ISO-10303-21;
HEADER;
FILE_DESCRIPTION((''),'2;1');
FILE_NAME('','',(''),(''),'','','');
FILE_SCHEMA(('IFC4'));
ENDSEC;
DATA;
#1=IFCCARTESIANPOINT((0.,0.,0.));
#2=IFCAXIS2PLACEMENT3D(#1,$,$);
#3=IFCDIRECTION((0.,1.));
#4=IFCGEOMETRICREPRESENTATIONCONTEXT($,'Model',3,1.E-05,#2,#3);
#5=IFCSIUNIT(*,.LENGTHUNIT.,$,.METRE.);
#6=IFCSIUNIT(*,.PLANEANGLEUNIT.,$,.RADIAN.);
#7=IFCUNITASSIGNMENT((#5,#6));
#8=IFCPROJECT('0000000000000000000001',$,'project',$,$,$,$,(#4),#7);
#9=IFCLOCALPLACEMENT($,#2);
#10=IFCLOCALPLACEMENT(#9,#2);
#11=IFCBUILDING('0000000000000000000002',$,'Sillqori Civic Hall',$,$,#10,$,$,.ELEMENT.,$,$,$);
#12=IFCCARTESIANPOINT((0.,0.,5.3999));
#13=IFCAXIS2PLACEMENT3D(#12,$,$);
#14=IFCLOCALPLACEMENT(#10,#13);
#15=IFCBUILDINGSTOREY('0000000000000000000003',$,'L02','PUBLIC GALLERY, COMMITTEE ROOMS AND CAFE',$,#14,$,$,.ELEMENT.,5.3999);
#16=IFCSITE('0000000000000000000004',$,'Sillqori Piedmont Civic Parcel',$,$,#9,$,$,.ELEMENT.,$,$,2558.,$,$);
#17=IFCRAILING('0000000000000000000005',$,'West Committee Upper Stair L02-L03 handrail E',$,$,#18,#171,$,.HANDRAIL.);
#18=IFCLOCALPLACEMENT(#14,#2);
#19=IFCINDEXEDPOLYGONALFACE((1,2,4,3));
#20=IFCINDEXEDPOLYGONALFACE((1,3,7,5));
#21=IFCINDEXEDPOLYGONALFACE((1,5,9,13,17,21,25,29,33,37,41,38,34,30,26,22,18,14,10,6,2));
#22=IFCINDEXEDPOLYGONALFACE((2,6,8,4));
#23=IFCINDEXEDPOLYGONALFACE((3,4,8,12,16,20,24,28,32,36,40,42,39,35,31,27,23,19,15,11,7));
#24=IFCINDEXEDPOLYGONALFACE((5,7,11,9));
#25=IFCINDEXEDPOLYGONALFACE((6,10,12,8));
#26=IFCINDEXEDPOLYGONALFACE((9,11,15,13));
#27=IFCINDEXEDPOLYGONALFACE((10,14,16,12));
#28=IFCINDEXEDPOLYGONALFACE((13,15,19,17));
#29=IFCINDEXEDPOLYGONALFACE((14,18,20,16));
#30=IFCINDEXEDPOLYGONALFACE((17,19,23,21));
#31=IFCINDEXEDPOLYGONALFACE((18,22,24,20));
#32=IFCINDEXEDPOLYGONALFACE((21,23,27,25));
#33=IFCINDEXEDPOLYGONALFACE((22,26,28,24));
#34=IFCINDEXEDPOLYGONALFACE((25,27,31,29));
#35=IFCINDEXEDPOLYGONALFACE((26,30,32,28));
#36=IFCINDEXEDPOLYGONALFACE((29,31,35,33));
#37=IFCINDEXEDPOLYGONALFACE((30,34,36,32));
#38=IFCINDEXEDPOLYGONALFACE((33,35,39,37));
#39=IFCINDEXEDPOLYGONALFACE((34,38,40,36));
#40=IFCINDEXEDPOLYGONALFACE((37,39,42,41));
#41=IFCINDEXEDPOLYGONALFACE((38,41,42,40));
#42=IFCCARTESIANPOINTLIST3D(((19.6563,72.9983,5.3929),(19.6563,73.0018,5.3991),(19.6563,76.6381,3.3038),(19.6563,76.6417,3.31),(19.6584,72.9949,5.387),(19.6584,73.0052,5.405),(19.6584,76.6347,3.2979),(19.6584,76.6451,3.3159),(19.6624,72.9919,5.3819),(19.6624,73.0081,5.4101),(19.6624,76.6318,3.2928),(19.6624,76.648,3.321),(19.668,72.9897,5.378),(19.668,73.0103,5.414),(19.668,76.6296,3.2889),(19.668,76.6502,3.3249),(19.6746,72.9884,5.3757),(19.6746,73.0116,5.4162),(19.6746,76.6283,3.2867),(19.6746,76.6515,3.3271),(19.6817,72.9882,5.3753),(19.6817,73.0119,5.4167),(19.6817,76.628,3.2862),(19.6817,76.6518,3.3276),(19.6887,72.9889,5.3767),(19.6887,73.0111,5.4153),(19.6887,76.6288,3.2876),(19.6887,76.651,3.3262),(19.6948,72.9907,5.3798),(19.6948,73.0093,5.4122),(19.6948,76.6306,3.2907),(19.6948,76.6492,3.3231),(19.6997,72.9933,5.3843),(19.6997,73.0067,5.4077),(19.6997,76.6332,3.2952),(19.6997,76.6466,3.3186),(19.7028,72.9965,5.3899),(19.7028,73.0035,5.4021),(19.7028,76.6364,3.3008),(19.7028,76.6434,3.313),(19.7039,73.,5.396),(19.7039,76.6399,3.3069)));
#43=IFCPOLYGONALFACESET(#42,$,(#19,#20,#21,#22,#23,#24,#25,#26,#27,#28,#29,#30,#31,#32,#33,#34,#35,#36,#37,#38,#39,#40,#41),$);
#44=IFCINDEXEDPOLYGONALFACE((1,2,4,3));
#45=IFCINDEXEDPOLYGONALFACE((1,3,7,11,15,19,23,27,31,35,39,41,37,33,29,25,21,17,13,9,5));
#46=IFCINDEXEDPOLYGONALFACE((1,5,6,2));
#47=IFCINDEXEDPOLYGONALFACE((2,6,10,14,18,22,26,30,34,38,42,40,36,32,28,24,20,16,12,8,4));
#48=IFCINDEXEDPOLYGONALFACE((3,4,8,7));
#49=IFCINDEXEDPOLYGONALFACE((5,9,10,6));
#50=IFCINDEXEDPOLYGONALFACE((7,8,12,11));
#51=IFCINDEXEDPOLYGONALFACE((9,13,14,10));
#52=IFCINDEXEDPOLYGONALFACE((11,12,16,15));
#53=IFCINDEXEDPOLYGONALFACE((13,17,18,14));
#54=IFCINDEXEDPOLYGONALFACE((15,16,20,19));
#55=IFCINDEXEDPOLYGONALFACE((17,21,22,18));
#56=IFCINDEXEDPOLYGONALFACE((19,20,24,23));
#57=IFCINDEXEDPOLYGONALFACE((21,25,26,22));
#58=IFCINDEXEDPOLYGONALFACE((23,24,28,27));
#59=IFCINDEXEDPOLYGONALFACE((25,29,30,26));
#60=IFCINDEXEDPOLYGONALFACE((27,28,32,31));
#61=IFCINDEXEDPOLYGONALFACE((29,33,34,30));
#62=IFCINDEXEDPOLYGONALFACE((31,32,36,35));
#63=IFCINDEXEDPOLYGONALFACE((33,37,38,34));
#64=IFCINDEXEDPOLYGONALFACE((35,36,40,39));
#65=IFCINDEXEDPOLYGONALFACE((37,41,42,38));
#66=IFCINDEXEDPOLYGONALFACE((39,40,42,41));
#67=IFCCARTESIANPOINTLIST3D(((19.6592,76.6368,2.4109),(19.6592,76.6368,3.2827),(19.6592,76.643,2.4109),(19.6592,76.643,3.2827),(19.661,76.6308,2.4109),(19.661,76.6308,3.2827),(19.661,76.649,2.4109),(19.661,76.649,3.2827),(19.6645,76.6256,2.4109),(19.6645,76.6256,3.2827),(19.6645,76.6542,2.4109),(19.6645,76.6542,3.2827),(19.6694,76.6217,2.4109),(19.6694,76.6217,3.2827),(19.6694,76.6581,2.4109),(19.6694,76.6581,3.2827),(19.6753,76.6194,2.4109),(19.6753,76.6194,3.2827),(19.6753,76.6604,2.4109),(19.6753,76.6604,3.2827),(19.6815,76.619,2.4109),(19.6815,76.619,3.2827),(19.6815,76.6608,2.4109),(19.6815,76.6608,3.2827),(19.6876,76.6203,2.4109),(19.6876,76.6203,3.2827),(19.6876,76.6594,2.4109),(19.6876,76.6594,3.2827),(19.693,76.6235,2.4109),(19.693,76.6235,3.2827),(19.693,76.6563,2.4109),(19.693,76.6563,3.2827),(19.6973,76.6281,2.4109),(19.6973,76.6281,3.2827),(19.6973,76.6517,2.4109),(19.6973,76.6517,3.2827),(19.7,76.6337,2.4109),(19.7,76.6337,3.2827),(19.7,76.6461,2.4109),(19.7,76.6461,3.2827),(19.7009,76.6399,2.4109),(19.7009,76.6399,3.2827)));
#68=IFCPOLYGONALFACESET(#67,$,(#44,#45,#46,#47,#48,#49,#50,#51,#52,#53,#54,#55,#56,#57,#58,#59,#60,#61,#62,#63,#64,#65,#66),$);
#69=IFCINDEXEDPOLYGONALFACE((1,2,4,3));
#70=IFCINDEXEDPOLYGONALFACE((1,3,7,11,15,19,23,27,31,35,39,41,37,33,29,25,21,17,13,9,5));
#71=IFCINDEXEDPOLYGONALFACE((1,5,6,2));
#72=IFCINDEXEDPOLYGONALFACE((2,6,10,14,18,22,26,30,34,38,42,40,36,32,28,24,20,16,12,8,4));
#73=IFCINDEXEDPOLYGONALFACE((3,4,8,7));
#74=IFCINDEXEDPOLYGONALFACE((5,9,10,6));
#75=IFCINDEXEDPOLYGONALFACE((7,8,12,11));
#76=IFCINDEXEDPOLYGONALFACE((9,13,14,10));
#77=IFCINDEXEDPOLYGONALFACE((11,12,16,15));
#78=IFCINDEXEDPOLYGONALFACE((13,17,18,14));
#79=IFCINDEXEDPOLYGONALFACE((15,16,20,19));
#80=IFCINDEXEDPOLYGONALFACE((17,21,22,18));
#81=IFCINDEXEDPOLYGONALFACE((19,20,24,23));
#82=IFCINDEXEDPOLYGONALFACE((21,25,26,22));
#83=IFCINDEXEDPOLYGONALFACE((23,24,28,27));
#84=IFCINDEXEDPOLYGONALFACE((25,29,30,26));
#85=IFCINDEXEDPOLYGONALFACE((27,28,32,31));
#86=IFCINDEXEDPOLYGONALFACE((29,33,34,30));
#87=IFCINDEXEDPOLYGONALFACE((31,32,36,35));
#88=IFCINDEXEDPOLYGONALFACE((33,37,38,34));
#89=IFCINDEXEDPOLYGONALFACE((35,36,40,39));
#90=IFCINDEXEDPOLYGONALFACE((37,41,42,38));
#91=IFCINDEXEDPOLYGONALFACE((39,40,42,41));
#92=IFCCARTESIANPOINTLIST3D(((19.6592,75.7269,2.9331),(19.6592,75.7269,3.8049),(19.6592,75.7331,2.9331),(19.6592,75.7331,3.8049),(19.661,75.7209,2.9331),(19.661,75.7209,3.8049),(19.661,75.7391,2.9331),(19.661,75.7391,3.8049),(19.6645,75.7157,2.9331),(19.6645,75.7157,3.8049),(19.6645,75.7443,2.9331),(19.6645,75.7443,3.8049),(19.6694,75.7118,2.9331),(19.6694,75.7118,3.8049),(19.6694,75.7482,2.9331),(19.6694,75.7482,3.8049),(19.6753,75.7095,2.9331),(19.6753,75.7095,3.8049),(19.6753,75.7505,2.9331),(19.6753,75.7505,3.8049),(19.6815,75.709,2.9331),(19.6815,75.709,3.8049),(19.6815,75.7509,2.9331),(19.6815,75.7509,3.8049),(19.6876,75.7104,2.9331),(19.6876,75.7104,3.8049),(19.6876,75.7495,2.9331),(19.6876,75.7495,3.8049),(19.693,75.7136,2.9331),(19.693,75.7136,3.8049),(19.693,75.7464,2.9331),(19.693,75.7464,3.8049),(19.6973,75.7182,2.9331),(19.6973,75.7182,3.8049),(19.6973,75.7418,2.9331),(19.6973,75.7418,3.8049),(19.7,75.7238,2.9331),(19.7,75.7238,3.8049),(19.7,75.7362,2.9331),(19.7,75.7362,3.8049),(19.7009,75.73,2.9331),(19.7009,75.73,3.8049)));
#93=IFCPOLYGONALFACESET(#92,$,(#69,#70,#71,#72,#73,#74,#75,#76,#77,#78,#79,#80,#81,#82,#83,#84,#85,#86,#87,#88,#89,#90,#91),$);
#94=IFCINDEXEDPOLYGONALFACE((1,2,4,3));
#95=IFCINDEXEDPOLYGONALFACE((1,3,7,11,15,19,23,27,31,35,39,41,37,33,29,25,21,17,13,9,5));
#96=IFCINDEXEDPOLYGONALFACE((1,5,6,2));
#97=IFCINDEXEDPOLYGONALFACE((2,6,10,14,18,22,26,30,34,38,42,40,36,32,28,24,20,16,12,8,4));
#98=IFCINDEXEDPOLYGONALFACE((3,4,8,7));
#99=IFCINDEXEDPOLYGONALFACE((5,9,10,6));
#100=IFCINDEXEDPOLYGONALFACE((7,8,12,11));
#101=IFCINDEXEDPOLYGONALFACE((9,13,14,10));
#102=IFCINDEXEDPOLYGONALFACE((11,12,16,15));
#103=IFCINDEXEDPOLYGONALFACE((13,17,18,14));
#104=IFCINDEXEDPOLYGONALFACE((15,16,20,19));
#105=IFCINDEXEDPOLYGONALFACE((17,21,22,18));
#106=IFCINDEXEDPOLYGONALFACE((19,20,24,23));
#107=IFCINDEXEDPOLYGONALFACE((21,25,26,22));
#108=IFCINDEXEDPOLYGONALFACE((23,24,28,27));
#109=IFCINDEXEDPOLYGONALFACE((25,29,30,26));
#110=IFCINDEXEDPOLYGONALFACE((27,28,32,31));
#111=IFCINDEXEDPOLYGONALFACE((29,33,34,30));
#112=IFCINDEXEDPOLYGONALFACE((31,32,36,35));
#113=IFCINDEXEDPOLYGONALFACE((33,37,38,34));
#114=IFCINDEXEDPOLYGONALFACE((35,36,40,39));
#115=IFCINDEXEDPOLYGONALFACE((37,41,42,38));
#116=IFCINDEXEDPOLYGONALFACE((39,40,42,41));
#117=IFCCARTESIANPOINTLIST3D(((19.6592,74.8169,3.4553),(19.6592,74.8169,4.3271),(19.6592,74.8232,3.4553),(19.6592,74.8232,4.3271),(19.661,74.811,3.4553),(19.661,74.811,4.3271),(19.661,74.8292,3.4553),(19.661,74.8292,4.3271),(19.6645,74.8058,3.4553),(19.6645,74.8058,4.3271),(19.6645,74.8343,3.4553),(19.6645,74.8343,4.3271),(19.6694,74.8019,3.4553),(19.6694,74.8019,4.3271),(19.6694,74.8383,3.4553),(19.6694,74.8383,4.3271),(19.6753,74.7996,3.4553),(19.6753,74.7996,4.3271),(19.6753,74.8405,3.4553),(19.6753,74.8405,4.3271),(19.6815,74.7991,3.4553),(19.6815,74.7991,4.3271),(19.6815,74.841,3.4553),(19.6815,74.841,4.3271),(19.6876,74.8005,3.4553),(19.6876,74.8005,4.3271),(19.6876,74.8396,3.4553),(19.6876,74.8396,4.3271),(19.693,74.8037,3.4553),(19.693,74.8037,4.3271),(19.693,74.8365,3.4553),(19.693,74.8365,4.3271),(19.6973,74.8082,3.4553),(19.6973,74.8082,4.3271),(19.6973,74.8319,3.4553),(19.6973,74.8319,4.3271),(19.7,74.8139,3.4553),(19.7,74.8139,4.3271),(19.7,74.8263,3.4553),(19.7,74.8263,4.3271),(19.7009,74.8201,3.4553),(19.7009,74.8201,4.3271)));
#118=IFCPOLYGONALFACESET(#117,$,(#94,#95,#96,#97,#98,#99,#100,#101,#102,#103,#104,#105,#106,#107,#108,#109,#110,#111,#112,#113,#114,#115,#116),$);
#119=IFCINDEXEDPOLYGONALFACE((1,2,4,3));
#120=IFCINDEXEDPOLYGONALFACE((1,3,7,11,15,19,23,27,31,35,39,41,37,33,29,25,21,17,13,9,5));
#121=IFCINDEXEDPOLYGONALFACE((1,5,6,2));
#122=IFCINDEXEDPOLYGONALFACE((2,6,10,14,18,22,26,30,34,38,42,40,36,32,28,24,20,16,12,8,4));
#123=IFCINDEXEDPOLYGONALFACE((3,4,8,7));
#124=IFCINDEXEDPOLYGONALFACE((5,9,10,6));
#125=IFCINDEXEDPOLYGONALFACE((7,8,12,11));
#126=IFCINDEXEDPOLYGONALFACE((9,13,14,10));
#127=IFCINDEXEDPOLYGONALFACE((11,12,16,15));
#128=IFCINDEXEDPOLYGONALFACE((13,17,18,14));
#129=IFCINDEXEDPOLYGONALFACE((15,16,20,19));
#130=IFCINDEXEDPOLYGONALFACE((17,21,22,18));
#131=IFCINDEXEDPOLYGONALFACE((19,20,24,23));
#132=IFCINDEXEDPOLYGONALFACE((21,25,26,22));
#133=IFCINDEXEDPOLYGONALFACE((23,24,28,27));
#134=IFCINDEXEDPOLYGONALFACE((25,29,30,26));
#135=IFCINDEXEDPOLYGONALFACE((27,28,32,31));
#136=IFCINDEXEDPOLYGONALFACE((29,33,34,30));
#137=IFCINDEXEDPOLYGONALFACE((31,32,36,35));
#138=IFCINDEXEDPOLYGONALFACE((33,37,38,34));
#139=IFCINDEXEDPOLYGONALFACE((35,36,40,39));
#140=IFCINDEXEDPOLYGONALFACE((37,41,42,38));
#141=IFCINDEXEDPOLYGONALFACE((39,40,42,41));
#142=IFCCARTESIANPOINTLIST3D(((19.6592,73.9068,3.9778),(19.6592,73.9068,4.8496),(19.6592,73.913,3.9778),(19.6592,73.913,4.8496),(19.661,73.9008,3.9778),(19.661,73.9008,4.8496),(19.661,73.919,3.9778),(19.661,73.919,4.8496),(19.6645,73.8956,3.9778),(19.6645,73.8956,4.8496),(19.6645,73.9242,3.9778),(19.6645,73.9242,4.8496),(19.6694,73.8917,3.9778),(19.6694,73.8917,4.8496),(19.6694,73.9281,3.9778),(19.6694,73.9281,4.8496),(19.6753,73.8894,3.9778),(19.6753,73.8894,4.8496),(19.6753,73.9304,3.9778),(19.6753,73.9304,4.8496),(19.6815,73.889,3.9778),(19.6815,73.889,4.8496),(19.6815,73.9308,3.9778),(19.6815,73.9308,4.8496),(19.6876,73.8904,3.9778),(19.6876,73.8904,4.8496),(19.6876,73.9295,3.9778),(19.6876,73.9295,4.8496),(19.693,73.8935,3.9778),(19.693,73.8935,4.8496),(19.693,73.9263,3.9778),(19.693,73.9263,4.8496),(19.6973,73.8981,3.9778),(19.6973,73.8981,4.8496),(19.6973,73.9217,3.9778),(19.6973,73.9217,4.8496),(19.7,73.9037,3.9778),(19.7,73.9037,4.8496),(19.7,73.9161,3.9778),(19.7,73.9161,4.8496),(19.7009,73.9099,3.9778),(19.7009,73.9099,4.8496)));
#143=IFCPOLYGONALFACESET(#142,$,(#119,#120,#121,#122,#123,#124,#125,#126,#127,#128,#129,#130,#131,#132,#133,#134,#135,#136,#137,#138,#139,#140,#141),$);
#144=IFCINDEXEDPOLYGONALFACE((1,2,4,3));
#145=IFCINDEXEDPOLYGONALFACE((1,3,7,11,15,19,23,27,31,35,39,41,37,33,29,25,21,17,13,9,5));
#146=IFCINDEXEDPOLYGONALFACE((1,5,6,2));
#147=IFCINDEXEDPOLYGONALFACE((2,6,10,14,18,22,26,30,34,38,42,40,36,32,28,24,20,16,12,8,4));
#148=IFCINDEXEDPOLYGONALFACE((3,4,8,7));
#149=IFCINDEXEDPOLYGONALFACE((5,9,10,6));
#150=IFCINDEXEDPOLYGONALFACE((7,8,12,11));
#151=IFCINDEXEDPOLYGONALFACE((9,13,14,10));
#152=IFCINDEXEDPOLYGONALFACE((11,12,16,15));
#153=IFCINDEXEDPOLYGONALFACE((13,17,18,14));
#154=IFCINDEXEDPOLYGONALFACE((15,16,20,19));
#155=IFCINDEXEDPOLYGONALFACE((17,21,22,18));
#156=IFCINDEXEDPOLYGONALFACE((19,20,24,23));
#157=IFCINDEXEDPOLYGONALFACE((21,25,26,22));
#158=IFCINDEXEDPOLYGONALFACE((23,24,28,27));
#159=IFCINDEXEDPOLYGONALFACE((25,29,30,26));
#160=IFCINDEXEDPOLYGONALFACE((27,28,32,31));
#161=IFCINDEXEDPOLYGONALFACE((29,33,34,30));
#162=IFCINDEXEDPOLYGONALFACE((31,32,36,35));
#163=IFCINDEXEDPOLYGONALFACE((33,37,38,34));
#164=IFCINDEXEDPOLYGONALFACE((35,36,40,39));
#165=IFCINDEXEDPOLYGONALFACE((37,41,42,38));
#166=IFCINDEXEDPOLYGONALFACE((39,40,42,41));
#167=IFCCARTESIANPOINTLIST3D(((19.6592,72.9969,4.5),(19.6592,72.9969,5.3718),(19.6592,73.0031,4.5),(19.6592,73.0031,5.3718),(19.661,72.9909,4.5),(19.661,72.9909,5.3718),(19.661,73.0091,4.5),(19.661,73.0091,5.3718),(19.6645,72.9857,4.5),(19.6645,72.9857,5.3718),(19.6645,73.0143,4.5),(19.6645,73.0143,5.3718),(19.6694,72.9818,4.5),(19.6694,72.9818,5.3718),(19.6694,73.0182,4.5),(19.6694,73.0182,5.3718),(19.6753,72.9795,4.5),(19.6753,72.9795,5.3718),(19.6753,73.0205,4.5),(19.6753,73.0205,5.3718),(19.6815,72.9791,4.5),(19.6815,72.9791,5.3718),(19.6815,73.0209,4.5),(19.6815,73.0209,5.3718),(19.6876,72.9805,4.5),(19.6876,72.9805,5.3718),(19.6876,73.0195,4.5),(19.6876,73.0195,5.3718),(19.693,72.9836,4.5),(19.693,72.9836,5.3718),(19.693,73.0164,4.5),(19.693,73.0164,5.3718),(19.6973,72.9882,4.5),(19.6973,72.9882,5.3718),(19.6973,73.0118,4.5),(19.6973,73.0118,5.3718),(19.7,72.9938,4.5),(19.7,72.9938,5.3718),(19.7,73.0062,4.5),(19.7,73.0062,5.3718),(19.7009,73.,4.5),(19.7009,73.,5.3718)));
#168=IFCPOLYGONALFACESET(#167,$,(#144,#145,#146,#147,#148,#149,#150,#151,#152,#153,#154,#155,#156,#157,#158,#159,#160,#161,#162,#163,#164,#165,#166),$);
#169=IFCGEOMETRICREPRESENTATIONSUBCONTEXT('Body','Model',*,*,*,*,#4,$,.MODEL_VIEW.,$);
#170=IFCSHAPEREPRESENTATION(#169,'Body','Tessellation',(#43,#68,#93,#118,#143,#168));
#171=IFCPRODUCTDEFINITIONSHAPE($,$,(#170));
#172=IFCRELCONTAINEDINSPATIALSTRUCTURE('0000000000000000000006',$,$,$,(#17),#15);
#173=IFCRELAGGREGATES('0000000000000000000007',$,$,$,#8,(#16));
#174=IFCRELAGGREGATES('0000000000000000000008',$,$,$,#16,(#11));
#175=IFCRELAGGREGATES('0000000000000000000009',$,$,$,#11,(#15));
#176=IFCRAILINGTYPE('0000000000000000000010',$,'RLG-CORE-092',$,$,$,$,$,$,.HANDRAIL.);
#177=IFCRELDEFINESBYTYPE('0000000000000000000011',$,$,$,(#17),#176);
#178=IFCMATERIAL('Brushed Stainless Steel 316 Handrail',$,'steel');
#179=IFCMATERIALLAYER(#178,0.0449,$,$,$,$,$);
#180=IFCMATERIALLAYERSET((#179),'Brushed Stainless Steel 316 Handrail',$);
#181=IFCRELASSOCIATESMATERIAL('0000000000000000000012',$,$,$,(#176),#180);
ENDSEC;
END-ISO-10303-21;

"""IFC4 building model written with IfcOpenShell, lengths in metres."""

from ifc_helpers import new_model, si_unit, direction, frame, origin, origin_2d, place, context, subcontext, project, spatial, circle, extrude, material, layer, layer_set, type_object, element, save


model = new_model("IFC4")

# Units and contexts
model_context = context("Model", 3, precision=1e-05, world=origin(), true_north=direction((0.0, 1.0)))
body_context = subcontext(model_context, "Body", "Model", "MODEL_VIEW")
ifc_project = project(units=[si_unit("LENGTHUNIT", "METRE"), si_unit("PLANEANGLEUNIT", "RADIAN")], contexts=[model_context])

# Site, building, storey
site_placement = place(None, origin())
site = spatial("IfcSite", under=ifc_project, at=site_placement, Name="Sillqori Piedmont Civic Parcel", CompositionType="ELEMENT", RefElevation=2558.0)
building_placement = place(site_placement, origin())
building = spatial("IfcBuilding", under=site, at=building_placement, Name="Sillqori Civic Hall", CompositionType="ELEMENT")
storey_placement = place(building_placement, frame((0.0, 0.0, 5.3999)))
storey = spatial("IfcBuildingStorey", under=building, at=storey_placement, Name="L02", Description="PUBLIC GALLERY, COMMITTEE ROOMS AND CAFE", CompositionType="ELEMENT", Elevation=5.3999)

# Railing
ifc_material_1 = material(Name="Brushed Stainless Steel 316 Handrail", Category="steel")
ifc_layer_1 = layer(ifc_material_1, 0.0449)
ifc_layer_set_1 = layer_set([ifc_layer_1], Name="Brushed Stainless Steel 316 Handrail")
railing_type_1 = type_object("IfcRailingType", Name="RLG-CORE-092", PredefinedType="HANDRAIL", material=ifc_layer_set_1)
railing_1_placement = place(storey_placement, frame((19.6799, 76.6399, 2.4109)))
element("IfcRailing", 1, at=railing_1_placement, inside=storey, type_object=railing_type_1, Name="West Committee Upper Stair L02-L03 handrail E", PredefinedType="HANDRAIL", context=body_context, shape_type="SweptSolid", body=[
    extrude(circle(Radius=0.0239, at=origin_2d()), frame((0.0, 0.0, 0.896), z_axis=(0.0, -0.8673, 0.497786), x_axis=(1.0, 0.0, 0.0)), (0.0, 0.0, 1.0), 4.1968),
    extrude(circle(Radius=0.021, at=origin_2d()), origin(), (0.0, 0.0, 1.0), 0.8718),
    extrude(circle(Radius=0.021, at=origin_2d()), frame((0.0, -0.9099, 0.5222)), (0.0, 0.0, 1.0), 0.8718),
    extrude(circle(Radius=0.021, at=origin_2d()), frame((0.0, -1.8198, 1.0444)), (0.0, 0.0, 1.0), 0.8718),
    extrude(circle(Radius=0.021, at=origin_2d()), frame((0.0, -2.73, 1.5669)), (0.0, 0.0, 1.0), 0.8718),
    extrude(circle(Radius=0.021, at=origin_2d()), frame((0.0, -3.6399, 2.0891)), (0.0, 0.0, 1.0), 0.8718),
])

save(model, "model.ifc")
